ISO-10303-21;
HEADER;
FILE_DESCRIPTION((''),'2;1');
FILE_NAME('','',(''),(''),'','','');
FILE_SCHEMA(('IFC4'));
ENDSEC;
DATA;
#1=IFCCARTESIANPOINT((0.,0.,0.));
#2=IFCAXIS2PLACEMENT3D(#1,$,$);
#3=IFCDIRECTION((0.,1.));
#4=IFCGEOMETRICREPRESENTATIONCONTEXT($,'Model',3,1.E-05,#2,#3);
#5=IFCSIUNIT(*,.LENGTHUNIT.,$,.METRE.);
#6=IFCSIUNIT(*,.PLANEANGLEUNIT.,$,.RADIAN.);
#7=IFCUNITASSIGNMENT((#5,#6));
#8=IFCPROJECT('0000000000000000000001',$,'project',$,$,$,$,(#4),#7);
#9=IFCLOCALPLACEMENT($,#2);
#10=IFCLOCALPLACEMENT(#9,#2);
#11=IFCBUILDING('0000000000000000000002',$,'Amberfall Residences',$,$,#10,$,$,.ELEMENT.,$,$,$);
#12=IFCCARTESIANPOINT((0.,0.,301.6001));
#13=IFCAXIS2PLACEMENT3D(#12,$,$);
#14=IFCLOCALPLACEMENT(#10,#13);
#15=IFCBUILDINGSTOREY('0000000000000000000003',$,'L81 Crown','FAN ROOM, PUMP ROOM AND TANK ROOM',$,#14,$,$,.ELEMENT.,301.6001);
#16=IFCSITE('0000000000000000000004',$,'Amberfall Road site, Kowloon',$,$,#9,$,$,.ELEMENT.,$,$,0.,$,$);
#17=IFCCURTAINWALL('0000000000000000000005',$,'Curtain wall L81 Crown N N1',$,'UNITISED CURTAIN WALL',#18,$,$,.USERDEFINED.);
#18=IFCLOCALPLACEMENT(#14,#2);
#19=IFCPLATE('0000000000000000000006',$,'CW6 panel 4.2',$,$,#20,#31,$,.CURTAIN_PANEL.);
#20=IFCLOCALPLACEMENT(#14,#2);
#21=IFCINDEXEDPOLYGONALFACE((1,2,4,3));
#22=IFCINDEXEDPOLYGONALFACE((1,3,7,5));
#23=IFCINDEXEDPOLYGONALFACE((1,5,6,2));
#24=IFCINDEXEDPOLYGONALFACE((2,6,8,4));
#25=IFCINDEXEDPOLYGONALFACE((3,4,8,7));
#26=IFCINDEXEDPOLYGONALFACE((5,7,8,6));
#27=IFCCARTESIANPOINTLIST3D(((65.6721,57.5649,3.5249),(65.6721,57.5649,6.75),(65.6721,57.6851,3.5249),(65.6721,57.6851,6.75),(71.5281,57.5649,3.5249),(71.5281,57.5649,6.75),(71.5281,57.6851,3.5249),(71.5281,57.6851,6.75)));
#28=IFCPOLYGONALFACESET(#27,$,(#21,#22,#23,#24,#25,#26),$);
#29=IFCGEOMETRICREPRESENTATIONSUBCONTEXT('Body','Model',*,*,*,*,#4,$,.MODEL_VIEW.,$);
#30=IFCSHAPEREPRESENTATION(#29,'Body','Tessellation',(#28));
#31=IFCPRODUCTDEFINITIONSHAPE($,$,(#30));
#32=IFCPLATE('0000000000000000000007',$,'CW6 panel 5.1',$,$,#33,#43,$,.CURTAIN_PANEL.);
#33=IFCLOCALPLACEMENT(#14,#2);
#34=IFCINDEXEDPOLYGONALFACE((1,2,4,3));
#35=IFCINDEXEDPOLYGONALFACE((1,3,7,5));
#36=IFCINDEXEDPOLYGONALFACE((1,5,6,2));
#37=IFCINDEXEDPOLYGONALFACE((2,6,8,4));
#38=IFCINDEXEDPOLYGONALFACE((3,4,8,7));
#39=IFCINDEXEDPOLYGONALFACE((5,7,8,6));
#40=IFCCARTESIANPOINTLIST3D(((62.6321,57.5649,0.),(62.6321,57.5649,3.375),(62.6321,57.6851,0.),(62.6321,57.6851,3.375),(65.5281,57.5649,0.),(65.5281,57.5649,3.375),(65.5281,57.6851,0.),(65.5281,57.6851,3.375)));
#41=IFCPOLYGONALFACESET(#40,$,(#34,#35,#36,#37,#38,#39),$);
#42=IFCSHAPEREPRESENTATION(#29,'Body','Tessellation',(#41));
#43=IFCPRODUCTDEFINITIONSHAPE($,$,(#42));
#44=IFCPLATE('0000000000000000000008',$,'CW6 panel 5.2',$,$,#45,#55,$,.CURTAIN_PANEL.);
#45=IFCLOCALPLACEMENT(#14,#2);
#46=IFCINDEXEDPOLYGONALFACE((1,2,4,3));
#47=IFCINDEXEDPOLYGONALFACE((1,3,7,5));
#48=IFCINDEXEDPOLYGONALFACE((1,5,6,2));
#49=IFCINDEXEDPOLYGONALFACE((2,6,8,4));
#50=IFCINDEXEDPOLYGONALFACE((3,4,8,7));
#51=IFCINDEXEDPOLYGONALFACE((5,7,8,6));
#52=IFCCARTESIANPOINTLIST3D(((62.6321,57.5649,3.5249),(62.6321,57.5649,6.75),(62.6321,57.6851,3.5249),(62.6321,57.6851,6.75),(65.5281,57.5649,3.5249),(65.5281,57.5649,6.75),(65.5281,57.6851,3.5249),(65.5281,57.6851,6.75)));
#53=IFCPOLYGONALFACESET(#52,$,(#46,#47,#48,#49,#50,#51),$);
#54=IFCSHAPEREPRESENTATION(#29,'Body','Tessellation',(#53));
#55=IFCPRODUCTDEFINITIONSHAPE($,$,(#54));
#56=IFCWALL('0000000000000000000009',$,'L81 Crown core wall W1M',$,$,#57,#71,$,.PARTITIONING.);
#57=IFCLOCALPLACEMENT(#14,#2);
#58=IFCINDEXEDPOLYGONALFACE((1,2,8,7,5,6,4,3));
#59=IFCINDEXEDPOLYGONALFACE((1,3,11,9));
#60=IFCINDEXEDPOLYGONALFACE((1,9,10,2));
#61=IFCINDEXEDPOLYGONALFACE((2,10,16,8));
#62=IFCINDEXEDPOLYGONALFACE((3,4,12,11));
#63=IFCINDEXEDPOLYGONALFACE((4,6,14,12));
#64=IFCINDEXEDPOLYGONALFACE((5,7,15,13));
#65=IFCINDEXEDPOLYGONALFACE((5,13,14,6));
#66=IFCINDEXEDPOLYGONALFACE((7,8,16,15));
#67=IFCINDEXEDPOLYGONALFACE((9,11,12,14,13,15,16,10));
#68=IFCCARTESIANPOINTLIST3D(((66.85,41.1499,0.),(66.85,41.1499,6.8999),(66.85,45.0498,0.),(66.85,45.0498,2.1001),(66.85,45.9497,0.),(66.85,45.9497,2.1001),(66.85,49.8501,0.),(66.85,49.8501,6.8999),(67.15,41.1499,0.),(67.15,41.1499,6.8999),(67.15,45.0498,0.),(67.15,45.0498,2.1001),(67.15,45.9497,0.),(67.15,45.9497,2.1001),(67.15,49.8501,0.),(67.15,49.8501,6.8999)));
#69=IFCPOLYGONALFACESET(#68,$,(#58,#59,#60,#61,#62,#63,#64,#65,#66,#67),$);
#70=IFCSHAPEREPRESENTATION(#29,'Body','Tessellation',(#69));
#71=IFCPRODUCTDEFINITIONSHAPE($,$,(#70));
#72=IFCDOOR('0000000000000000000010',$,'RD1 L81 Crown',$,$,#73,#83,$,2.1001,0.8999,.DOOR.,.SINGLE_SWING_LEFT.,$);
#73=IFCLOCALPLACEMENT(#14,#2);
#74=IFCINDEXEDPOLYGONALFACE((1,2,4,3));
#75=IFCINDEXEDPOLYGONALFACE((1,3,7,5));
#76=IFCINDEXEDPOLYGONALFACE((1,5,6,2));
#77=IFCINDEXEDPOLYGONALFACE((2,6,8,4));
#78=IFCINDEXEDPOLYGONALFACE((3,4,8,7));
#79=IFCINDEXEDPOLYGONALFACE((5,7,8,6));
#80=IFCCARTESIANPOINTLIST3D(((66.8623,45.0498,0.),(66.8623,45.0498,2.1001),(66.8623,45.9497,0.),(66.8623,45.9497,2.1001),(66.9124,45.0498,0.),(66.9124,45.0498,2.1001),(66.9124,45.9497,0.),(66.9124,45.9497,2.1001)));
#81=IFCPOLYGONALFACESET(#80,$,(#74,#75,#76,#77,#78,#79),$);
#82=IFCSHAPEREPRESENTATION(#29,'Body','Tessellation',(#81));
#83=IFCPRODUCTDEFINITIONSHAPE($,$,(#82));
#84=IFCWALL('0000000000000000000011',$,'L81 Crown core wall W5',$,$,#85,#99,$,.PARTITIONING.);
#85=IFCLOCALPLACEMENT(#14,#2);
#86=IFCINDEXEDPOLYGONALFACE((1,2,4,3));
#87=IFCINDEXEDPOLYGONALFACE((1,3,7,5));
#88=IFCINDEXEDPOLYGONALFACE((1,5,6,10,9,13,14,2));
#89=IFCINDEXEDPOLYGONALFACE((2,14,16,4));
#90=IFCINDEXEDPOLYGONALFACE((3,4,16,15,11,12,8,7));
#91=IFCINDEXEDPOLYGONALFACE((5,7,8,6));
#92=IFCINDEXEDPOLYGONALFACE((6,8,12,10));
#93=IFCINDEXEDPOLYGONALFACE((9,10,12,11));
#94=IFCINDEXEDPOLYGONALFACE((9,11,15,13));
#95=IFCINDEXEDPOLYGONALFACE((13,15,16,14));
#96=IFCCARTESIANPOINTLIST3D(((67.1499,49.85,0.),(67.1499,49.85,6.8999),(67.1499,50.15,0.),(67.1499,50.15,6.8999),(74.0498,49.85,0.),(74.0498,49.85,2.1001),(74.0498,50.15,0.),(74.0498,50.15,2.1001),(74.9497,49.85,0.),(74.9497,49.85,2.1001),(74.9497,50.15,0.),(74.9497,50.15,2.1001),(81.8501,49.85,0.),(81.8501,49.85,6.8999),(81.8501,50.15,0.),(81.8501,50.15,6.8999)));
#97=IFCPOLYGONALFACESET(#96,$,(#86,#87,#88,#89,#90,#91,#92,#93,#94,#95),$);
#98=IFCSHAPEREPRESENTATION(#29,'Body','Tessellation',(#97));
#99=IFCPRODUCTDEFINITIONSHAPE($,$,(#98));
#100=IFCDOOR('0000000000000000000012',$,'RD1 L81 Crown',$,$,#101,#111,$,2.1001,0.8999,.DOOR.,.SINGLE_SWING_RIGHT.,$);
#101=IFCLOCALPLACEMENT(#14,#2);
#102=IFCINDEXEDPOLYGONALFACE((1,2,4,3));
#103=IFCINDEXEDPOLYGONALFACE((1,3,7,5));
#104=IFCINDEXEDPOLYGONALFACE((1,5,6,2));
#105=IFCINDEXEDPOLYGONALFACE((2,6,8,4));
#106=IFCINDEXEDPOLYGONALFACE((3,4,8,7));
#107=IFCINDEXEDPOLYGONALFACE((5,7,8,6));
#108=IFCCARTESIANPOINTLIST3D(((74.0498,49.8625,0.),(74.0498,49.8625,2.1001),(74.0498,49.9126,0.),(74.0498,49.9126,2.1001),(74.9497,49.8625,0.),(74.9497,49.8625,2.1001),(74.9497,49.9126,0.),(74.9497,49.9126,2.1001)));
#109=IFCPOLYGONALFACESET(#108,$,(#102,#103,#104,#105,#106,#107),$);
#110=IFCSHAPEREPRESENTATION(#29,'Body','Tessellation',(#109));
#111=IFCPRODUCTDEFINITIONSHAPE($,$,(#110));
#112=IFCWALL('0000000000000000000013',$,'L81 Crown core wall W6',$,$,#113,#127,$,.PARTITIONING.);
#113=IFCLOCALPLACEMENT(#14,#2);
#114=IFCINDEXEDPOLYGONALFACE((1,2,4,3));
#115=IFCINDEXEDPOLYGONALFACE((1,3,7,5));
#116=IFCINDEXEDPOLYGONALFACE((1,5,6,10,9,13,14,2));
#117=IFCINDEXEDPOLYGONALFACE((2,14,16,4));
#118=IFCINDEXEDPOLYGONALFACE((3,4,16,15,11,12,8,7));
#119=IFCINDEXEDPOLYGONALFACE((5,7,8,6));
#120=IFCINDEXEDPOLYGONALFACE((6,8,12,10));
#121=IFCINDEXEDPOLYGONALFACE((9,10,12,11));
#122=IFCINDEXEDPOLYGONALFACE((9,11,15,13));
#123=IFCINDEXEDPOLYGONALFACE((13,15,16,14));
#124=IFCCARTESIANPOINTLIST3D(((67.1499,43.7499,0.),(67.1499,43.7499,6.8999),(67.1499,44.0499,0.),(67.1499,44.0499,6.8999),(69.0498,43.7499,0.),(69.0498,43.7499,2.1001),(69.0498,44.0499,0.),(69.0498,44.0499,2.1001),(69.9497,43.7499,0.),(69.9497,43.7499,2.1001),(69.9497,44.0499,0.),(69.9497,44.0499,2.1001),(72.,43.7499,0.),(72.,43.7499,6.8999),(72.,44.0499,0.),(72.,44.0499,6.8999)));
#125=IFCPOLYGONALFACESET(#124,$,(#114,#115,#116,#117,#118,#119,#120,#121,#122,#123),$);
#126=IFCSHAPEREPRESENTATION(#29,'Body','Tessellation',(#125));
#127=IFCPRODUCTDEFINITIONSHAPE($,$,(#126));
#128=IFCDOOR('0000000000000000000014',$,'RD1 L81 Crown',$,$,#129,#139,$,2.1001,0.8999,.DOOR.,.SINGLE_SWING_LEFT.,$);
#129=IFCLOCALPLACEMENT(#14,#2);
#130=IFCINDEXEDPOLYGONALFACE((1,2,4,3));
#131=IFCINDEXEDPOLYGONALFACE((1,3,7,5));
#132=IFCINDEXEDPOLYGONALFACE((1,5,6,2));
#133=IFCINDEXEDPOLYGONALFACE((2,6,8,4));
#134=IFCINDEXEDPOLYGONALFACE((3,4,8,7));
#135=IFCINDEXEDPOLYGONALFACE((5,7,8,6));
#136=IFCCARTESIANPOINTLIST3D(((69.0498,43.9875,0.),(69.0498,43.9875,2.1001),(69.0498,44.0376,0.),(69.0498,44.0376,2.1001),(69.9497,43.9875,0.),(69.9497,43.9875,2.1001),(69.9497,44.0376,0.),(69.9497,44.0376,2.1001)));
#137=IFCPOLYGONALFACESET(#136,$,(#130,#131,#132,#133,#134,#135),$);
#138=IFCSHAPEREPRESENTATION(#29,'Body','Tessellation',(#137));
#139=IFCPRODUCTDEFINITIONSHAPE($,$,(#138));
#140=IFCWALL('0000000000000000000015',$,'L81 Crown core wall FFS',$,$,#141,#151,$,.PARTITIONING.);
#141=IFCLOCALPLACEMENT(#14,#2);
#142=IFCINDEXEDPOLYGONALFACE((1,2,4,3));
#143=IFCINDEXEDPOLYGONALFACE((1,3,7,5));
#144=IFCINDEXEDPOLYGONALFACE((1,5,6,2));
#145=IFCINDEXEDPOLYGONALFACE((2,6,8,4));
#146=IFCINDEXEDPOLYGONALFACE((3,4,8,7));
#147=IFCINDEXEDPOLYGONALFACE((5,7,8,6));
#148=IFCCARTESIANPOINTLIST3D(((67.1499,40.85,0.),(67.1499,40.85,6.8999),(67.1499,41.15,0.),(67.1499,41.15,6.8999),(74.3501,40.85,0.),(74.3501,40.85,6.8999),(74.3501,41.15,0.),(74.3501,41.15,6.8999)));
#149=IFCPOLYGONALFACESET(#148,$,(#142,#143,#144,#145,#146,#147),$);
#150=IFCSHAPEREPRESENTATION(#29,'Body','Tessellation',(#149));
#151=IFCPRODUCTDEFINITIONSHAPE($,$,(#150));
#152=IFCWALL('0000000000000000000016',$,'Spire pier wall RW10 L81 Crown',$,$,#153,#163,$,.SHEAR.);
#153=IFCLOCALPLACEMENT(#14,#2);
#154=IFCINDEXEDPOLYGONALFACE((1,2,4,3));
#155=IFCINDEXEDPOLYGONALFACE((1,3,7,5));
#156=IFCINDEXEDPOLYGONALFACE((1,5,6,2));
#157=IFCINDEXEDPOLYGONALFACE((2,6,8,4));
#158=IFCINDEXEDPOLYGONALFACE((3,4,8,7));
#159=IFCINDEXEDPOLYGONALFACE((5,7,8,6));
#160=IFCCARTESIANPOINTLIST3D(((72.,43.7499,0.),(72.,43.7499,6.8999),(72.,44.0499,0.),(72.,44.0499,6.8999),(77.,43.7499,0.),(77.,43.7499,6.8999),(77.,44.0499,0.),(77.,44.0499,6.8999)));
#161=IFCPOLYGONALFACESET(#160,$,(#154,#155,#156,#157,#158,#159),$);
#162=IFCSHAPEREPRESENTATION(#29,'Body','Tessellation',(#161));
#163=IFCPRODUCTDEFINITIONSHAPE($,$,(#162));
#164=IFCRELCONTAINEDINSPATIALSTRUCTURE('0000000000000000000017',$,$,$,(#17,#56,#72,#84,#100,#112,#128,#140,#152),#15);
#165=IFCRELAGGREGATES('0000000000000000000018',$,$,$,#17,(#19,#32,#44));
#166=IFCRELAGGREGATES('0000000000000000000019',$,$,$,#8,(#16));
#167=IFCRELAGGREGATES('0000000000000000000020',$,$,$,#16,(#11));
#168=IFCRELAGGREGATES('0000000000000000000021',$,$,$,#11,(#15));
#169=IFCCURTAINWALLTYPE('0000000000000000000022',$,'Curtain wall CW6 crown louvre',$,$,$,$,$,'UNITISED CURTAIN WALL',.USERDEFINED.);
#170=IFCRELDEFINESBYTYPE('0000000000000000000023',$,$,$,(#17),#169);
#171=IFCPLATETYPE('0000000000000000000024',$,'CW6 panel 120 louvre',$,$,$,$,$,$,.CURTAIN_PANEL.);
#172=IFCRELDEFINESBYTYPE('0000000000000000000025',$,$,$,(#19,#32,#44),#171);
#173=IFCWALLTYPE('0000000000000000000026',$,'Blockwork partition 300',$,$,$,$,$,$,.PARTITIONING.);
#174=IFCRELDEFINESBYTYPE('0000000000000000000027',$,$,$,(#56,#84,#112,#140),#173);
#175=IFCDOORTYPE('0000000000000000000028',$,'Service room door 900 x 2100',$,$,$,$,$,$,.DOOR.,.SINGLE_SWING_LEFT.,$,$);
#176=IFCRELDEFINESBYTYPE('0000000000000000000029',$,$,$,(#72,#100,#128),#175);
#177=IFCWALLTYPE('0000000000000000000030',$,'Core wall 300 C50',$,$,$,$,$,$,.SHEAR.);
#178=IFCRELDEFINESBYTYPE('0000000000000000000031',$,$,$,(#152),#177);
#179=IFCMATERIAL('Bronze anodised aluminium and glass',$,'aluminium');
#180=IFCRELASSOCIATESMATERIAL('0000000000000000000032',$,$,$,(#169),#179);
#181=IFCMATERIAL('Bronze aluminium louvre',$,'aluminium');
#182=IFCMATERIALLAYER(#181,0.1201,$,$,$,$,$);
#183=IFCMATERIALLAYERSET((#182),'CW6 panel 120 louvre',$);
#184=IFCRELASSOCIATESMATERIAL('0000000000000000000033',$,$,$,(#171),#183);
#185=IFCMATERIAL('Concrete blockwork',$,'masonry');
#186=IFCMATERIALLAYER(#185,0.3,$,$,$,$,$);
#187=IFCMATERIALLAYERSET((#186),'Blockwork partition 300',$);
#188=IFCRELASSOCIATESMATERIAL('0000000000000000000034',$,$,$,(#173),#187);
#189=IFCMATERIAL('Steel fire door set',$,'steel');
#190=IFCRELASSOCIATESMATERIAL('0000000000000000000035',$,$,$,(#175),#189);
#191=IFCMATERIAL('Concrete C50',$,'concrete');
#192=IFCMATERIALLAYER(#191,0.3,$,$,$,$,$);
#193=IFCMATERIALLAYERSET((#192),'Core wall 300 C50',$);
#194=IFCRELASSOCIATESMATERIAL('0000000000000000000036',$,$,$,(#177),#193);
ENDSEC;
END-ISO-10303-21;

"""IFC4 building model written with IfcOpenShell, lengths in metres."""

from ifc_helpers import new_model, si_unit, direction, frame, frame_2d, origin, origin_2d, place, context, subcontext, project, spatial, rectangle, extrude, material, layer, layer_set, type_object, element, fill, aggregate, save


model = new_model("IFC4")

# Units and contexts
model_context = context("Model", 3, precision=1e-05, world=origin(), true_north=direction((0.0, 1.0)))
body_context = subcontext(model_context, "Body", "Model", "MODEL_VIEW")
ifc_project = project(units=[si_unit("LENGTHUNIT", "METRE"), si_unit("PLANEANGLEUNIT", "RADIAN")], contexts=[model_context])

# Site, building, storey
site_placement = place(None, origin())
site = spatial("IfcSite", under=ifc_project, at=site_placement, Name="Amberfall Road site, Kowloon", CompositionType="ELEMENT", RefElevation=0.0)
building_placement = place(site_placement, origin())
building = spatial("IfcBuilding", under=site, at=building_placement, Name="Amberfall Residences", CompositionType="ELEMENT")
storey_placement = place(building_placement, frame((0.0, 0.0, 301.6001)))
storey = spatial("IfcBuildingStorey", under=building, at=storey_placement, Name="L81 Crown", Description="FAN ROOM, PUMP ROOM AND TANK ROOM", CompositionType="ELEMENT", Elevation=301.6001)

# Curtain wall
ifc_material_1 = material(Name="Bronze anodised aluminium and glass", Category="aluminium")
curtain_wall_type = type_object("IfcCurtainWallType", Name="Curtain wall CW6 crown louvre", ElementType="UNITISED CURTAIN WALL", PredefinedType="USERDEFINED", material=ifc_material_1)
curtain_wall_placement = place(storey_placement, origin())
curtain_wall = element("IfcCurtainWall", 1, at=curtain_wall_placement, inside=storey, type_object=curtain_wall_type, Name="Curtain wall L81 Crown N N1", ObjectType="UNITISED CURTAIN WALL", PredefinedType="USERDEFINED")

# Plates
ifc_material_2 = material(Name="Bronze aluminium louvre", Category="aluminium")
ifc_layer_1 = layer(ifc_material_2, 0.1201)
ifc_layer_set_1 = layer_set([ifc_layer_1], Name="CW6 panel 120 louvre")
plate_type = type_object("IfcPlateType", Name="CW6 panel 120 louvre", PredefinedType="CURTAIN_PANEL", material=ifc_layer_set_1)
plate_1_placement = place(storey_placement, frame((68.6001, 57.625, 3.5249), z_axis=(0.0, 0.0, 1.0), x_axis=(-1.0, 0.0, 0.0)))
plate_1 = element("IfcPlate", 2, at=plate_1_placement, type_object=plate_type, Name="CW6 panel 4.2", PredefinedType="CURTAIN_PANEL", context=body_context, shape_type="SweptSolid", body=[
    extrude(rectangle(XDim=5.856, YDim=0.1201, at=origin_2d()), origin(), (0.0, 0.0, 1.0), 3.2251),
])
plate_2_placement = place(storey_placement, frame((64.0801, 57.625, 0.0), z_axis=(0.0, 0.0, 1.0), x_axis=(-1.0, 0.0, 0.0)))
plate_2 = element("IfcPlate", 3, at=plate_2_placement, type_object=plate_type, Name="CW6 panel 5.1", PredefinedType="CURTAIN_PANEL", context=body_context, shape_type="SweptSolid", body=[
    extrude(rectangle(XDim=2.896, YDim=0.1201, at=origin_2d()), origin(), (0.0, 0.0, 1.0), 3.375),
])
plate_3_placement = place(storey_placement, frame((64.0801, 57.625, 3.5249), z_axis=(0.0, 0.0, 1.0), x_axis=(-1.0, 0.0, 0.0)))
plate_3 = element("IfcPlate", 4, at=plate_3_placement, type_object=plate_type, Name="CW6 panel 5.2", PredefinedType="CURTAIN_PANEL", context=body_context, shape_type="SweptSolid", body=[
    extrude(rectangle(XDim=2.896, YDim=0.1201, at=origin_2d()), origin(), (0.0, 0.0, 1.0), 3.2251),
])
aggregate(curtain_wall, [plate_1, plate_2, plate_3])

# Walls, openings, doors
ifc_material_3 = material(Name="Concrete blockwork", Category="masonry")
ifc_layer_2 = layer(ifc_material_3, 0.3)
ifc_layer_set_2 = layer_set([ifc_layer_2], Name="Blockwork partition 300")
wall_type_1 = type_object("IfcWallType", Name="Blockwork partition 300", PredefinedType="PARTITIONING", material=ifc_layer_set_2)
wall_1_placement = place(storey_placement, frame((67.0, 41.1499, 0.0), z_axis=(0.0, 0.0, 1.0), x_axis=(0.0, 1.0, 0.0)))
wall_1 = element("IfcWall", 5, at=wall_1_placement, inside=storey, type_object=wall_type_1, Name="L81 Crown core wall W1M", PredefinedType="PARTITIONING", context=body_context, shape_type="SweptSolid", body=[
    extrude(rectangle(XDim=8.7002, YDim=0.3, at=frame_2d((4.3501, 0.0))), origin(), (0.0, 0.0, 1.0), 6.8999),
])
opening_1_placement = place(wall_1_placement, frame((3.8999, 0.0, 0.0)))
opening_1 = element("IfcOpeningElement", 6, at=opening_1_placement, cuts=wall_1, PredefinedType="OPENING", context=body_context, shape_type="SweptSolid", body=[
    extrude(rectangle(XDim=0.8999, YDim=2.1001, at=frame_2d((0.45, 1.05))), frame((0.0, 0.1599, 0.0), z_axis=(0.0, -1.0, 0.0), x_axis=(1.0, 0.0, 0.0)), (0.0, 0.0, 1.0), 0.3201),
])
ifc_material_4 = material(Name="Steel fire door set", Category="steel")
door_type_1 = type_object("IfcDoorType", Name="Service room door 900 x 2100", OperationType="SINGLE_SWING_LEFT", PredefinedType="DOOR", material=ifc_material_4)
door_1_placement = place(opening_1_placement, origin())
door_1 = element("IfcDoor", 7, at=door_1_placement, inside=storey, type_object=door_type_1, Name="RD1 L81 Crown", OperationType="SINGLE_SWING_LEFT", OverallHeight=2.1001, OverallWidth=0.8999, PredefinedType="DOOR", context=body_context, shape_type="SweptSolid", body=[
    extrude(rectangle(XDim=0.8999, YDim=2.1001, at=frame_2d((0.45, 1.05))), frame((0.0, 0.1377, 0.0), z_axis=(0.0, -1.0, 0.0), x_axis=(1.0, 0.0, 0.0)), (0.0, 0.0, 1.0), 0.05),
])
fill(opening_1, door_1)
wall_2_placement = place(storey_placement, frame((67.1499, 50.0, 0.0), z_axis=(0.0, 0.0, 1.0), x_axis=(1.0, 0.0, 0.0)))
wall_2 = element("IfcWall", 8, at=wall_2_placement, inside=storey, type_object=wall_type_1, Name="L81 Crown core wall W5", PredefinedType="PARTITIONING", context=body_context, shape_type="SweptSolid", body=[
    extrude(rectangle(XDim=14.7002, YDim=0.3, at=frame_2d((7.3501, 0.0))), origin(), (0.0, 0.0, 1.0), 6.8999),
])
opening_2_placement = place(wall_2_placement, frame((6.8999, 0.0, 0.0)))
opening_2 = element("IfcOpeningElement", 9, at=opening_2_placement, cuts=wall_2, PredefinedType="OPENING", context=body_context, shape_type="SweptSolid", body=[
    extrude(rectangle(XDim=0.8999, YDim=2.1001, at=frame_2d((0.45, 1.05))), frame((0.0, 0.1599, 0.0), z_axis=(0.0, -1.0, 0.0), x_axis=(1.0, 0.0, 0.0)), (0.0, 0.0, 1.0), 0.3201),
])
door_2_placement = place(opening_2_placement, origin())
door_2 = element("IfcDoor", 10, at=door_2_placement, inside=storey, type_object=door_type_1, Name="RD1 L81 Crown", OperationType="SINGLE_SWING_RIGHT", OverallHeight=2.1001, OverallWidth=0.8999, PredefinedType="DOOR", context=body_context, shape_type="SweptSolid", body=[
    extrude(rectangle(XDim=0.8999, YDim=2.1001, at=frame_2d((0.45, 1.05))), frame((0.0, -0.0874, 0.0), z_axis=(0.0, -1.0, 0.0), x_axis=(1.0, 0.0, 0.0)), (0.0, 0.0, 1.0), 0.05),
])
fill(opening_2, door_2)
wall_3_placement = place(storey_placement, frame((67.1499, 43.8999, 0.0), z_axis=(0.0, 0.0, 1.0), x_axis=(1.0, 0.0, 0.0)))
wall_3 = element("IfcWall", 11, at=wall_3_placement, inside=storey, type_object=wall_type_1, Name="L81 Crown core wall W6", PredefinedType="PARTITIONING", context=body_context, shape_type="SweptSolid", body=[
    extrude(rectangle(XDim=4.8501, YDim=0.3, at=frame_2d((2.425, 0.0))), origin(), (0.0, 0.0, 1.0), 6.8999),
])
opening_3_placement = place(wall_3_placement, frame((1.8999, 0.0, 0.0)))
opening_3 = element("IfcOpeningElement", 12, at=opening_3_placement, cuts=wall_3, PredefinedType="OPENING", context=body_context, shape_type="SweptSolid", body=[
    extrude(rectangle(XDim=0.8999, YDim=2.1001, at=frame_2d((0.45, 1.05))), frame((0.0, 0.1599, 0.0), z_axis=(0.0, -1.0, 0.0), x_axis=(1.0, 0.0, 0.0)), (0.0, 0.0, 1.0), 0.3201),
])
door_3_placement = place(opening_3_placement, origin())
door_3 = element("IfcDoor", 13, at=door_3_placement, inside=storey, type_object=door_type_1, Name="RD1 L81 Crown", OperationType="SINGLE_SWING_LEFT", OverallHeight=2.1001, OverallWidth=0.8999, PredefinedType="DOOR", context=body_context, shape_type="SweptSolid", body=[
    extrude(rectangle(XDim=0.8999, YDim=2.1001, at=frame_2d((0.45, 1.05))), frame((0.0, 0.1377, 0.0), z_axis=(0.0, -1.0, 0.0), x_axis=(1.0, 0.0, 0.0)), (0.0, 0.0, 1.0), 0.05),
])
fill(opening_3, door_3)

# Walls
wall_4_placement = place(storey_placement, frame((67.1499, 41.0, 0.0), z_axis=(0.0, 0.0, 1.0), x_axis=(1.0, 0.0, 0.0)))
element("IfcWall", 14, at=wall_4_placement, inside=storey, type_object=wall_type_1, Name="L81 Crown core wall FFS", PredefinedType="PARTITIONING", context=body_context, shape_type="SweptSolid", body=[
    extrude(rectangle(XDim=7.2002, YDim=0.3, at=frame_2d((3.6001, 0.0))), origin(), (0.0, 0.0, 1.0), 6.8999),
])
ifc_material_5 = material(Name="Concrete C50", Category="concrete")
ifc_layer_3 = layer(ifc_material_5, 0.3)
ifc_layer_set_3 = layer_set([ifc_layer_3], Name="Core wall 300 C50")
wall_type_2 = type_object("IfcWallType", Name="Core wall 300 C50", PredefinedType="SHEAR", material=ifc_layer_set_3)
wall_5_placement = place(storey_placement, frame((72.0, 43.8999, 0.0), z_axis=(0.0, 0.0, 1.0), x_axis=(1.0, 0.0, 0.0)))
element("IfcWall", 15, at=wall_5_placement, inside=storey, type_object=wall_type_2, Name="Spire pier wall RW10 L81 Crown", PredefinedType="SHEAR", context=body_context, shape_type="SweptSolid", body=[
    extrude(rectangle(XDim=5.0, YDim=0.3, at=frame_2d((2.5, 0.0))), origin(), (0.0, 0.0, 1.0), 6.8999),
])

save(model, "model.ifc")
